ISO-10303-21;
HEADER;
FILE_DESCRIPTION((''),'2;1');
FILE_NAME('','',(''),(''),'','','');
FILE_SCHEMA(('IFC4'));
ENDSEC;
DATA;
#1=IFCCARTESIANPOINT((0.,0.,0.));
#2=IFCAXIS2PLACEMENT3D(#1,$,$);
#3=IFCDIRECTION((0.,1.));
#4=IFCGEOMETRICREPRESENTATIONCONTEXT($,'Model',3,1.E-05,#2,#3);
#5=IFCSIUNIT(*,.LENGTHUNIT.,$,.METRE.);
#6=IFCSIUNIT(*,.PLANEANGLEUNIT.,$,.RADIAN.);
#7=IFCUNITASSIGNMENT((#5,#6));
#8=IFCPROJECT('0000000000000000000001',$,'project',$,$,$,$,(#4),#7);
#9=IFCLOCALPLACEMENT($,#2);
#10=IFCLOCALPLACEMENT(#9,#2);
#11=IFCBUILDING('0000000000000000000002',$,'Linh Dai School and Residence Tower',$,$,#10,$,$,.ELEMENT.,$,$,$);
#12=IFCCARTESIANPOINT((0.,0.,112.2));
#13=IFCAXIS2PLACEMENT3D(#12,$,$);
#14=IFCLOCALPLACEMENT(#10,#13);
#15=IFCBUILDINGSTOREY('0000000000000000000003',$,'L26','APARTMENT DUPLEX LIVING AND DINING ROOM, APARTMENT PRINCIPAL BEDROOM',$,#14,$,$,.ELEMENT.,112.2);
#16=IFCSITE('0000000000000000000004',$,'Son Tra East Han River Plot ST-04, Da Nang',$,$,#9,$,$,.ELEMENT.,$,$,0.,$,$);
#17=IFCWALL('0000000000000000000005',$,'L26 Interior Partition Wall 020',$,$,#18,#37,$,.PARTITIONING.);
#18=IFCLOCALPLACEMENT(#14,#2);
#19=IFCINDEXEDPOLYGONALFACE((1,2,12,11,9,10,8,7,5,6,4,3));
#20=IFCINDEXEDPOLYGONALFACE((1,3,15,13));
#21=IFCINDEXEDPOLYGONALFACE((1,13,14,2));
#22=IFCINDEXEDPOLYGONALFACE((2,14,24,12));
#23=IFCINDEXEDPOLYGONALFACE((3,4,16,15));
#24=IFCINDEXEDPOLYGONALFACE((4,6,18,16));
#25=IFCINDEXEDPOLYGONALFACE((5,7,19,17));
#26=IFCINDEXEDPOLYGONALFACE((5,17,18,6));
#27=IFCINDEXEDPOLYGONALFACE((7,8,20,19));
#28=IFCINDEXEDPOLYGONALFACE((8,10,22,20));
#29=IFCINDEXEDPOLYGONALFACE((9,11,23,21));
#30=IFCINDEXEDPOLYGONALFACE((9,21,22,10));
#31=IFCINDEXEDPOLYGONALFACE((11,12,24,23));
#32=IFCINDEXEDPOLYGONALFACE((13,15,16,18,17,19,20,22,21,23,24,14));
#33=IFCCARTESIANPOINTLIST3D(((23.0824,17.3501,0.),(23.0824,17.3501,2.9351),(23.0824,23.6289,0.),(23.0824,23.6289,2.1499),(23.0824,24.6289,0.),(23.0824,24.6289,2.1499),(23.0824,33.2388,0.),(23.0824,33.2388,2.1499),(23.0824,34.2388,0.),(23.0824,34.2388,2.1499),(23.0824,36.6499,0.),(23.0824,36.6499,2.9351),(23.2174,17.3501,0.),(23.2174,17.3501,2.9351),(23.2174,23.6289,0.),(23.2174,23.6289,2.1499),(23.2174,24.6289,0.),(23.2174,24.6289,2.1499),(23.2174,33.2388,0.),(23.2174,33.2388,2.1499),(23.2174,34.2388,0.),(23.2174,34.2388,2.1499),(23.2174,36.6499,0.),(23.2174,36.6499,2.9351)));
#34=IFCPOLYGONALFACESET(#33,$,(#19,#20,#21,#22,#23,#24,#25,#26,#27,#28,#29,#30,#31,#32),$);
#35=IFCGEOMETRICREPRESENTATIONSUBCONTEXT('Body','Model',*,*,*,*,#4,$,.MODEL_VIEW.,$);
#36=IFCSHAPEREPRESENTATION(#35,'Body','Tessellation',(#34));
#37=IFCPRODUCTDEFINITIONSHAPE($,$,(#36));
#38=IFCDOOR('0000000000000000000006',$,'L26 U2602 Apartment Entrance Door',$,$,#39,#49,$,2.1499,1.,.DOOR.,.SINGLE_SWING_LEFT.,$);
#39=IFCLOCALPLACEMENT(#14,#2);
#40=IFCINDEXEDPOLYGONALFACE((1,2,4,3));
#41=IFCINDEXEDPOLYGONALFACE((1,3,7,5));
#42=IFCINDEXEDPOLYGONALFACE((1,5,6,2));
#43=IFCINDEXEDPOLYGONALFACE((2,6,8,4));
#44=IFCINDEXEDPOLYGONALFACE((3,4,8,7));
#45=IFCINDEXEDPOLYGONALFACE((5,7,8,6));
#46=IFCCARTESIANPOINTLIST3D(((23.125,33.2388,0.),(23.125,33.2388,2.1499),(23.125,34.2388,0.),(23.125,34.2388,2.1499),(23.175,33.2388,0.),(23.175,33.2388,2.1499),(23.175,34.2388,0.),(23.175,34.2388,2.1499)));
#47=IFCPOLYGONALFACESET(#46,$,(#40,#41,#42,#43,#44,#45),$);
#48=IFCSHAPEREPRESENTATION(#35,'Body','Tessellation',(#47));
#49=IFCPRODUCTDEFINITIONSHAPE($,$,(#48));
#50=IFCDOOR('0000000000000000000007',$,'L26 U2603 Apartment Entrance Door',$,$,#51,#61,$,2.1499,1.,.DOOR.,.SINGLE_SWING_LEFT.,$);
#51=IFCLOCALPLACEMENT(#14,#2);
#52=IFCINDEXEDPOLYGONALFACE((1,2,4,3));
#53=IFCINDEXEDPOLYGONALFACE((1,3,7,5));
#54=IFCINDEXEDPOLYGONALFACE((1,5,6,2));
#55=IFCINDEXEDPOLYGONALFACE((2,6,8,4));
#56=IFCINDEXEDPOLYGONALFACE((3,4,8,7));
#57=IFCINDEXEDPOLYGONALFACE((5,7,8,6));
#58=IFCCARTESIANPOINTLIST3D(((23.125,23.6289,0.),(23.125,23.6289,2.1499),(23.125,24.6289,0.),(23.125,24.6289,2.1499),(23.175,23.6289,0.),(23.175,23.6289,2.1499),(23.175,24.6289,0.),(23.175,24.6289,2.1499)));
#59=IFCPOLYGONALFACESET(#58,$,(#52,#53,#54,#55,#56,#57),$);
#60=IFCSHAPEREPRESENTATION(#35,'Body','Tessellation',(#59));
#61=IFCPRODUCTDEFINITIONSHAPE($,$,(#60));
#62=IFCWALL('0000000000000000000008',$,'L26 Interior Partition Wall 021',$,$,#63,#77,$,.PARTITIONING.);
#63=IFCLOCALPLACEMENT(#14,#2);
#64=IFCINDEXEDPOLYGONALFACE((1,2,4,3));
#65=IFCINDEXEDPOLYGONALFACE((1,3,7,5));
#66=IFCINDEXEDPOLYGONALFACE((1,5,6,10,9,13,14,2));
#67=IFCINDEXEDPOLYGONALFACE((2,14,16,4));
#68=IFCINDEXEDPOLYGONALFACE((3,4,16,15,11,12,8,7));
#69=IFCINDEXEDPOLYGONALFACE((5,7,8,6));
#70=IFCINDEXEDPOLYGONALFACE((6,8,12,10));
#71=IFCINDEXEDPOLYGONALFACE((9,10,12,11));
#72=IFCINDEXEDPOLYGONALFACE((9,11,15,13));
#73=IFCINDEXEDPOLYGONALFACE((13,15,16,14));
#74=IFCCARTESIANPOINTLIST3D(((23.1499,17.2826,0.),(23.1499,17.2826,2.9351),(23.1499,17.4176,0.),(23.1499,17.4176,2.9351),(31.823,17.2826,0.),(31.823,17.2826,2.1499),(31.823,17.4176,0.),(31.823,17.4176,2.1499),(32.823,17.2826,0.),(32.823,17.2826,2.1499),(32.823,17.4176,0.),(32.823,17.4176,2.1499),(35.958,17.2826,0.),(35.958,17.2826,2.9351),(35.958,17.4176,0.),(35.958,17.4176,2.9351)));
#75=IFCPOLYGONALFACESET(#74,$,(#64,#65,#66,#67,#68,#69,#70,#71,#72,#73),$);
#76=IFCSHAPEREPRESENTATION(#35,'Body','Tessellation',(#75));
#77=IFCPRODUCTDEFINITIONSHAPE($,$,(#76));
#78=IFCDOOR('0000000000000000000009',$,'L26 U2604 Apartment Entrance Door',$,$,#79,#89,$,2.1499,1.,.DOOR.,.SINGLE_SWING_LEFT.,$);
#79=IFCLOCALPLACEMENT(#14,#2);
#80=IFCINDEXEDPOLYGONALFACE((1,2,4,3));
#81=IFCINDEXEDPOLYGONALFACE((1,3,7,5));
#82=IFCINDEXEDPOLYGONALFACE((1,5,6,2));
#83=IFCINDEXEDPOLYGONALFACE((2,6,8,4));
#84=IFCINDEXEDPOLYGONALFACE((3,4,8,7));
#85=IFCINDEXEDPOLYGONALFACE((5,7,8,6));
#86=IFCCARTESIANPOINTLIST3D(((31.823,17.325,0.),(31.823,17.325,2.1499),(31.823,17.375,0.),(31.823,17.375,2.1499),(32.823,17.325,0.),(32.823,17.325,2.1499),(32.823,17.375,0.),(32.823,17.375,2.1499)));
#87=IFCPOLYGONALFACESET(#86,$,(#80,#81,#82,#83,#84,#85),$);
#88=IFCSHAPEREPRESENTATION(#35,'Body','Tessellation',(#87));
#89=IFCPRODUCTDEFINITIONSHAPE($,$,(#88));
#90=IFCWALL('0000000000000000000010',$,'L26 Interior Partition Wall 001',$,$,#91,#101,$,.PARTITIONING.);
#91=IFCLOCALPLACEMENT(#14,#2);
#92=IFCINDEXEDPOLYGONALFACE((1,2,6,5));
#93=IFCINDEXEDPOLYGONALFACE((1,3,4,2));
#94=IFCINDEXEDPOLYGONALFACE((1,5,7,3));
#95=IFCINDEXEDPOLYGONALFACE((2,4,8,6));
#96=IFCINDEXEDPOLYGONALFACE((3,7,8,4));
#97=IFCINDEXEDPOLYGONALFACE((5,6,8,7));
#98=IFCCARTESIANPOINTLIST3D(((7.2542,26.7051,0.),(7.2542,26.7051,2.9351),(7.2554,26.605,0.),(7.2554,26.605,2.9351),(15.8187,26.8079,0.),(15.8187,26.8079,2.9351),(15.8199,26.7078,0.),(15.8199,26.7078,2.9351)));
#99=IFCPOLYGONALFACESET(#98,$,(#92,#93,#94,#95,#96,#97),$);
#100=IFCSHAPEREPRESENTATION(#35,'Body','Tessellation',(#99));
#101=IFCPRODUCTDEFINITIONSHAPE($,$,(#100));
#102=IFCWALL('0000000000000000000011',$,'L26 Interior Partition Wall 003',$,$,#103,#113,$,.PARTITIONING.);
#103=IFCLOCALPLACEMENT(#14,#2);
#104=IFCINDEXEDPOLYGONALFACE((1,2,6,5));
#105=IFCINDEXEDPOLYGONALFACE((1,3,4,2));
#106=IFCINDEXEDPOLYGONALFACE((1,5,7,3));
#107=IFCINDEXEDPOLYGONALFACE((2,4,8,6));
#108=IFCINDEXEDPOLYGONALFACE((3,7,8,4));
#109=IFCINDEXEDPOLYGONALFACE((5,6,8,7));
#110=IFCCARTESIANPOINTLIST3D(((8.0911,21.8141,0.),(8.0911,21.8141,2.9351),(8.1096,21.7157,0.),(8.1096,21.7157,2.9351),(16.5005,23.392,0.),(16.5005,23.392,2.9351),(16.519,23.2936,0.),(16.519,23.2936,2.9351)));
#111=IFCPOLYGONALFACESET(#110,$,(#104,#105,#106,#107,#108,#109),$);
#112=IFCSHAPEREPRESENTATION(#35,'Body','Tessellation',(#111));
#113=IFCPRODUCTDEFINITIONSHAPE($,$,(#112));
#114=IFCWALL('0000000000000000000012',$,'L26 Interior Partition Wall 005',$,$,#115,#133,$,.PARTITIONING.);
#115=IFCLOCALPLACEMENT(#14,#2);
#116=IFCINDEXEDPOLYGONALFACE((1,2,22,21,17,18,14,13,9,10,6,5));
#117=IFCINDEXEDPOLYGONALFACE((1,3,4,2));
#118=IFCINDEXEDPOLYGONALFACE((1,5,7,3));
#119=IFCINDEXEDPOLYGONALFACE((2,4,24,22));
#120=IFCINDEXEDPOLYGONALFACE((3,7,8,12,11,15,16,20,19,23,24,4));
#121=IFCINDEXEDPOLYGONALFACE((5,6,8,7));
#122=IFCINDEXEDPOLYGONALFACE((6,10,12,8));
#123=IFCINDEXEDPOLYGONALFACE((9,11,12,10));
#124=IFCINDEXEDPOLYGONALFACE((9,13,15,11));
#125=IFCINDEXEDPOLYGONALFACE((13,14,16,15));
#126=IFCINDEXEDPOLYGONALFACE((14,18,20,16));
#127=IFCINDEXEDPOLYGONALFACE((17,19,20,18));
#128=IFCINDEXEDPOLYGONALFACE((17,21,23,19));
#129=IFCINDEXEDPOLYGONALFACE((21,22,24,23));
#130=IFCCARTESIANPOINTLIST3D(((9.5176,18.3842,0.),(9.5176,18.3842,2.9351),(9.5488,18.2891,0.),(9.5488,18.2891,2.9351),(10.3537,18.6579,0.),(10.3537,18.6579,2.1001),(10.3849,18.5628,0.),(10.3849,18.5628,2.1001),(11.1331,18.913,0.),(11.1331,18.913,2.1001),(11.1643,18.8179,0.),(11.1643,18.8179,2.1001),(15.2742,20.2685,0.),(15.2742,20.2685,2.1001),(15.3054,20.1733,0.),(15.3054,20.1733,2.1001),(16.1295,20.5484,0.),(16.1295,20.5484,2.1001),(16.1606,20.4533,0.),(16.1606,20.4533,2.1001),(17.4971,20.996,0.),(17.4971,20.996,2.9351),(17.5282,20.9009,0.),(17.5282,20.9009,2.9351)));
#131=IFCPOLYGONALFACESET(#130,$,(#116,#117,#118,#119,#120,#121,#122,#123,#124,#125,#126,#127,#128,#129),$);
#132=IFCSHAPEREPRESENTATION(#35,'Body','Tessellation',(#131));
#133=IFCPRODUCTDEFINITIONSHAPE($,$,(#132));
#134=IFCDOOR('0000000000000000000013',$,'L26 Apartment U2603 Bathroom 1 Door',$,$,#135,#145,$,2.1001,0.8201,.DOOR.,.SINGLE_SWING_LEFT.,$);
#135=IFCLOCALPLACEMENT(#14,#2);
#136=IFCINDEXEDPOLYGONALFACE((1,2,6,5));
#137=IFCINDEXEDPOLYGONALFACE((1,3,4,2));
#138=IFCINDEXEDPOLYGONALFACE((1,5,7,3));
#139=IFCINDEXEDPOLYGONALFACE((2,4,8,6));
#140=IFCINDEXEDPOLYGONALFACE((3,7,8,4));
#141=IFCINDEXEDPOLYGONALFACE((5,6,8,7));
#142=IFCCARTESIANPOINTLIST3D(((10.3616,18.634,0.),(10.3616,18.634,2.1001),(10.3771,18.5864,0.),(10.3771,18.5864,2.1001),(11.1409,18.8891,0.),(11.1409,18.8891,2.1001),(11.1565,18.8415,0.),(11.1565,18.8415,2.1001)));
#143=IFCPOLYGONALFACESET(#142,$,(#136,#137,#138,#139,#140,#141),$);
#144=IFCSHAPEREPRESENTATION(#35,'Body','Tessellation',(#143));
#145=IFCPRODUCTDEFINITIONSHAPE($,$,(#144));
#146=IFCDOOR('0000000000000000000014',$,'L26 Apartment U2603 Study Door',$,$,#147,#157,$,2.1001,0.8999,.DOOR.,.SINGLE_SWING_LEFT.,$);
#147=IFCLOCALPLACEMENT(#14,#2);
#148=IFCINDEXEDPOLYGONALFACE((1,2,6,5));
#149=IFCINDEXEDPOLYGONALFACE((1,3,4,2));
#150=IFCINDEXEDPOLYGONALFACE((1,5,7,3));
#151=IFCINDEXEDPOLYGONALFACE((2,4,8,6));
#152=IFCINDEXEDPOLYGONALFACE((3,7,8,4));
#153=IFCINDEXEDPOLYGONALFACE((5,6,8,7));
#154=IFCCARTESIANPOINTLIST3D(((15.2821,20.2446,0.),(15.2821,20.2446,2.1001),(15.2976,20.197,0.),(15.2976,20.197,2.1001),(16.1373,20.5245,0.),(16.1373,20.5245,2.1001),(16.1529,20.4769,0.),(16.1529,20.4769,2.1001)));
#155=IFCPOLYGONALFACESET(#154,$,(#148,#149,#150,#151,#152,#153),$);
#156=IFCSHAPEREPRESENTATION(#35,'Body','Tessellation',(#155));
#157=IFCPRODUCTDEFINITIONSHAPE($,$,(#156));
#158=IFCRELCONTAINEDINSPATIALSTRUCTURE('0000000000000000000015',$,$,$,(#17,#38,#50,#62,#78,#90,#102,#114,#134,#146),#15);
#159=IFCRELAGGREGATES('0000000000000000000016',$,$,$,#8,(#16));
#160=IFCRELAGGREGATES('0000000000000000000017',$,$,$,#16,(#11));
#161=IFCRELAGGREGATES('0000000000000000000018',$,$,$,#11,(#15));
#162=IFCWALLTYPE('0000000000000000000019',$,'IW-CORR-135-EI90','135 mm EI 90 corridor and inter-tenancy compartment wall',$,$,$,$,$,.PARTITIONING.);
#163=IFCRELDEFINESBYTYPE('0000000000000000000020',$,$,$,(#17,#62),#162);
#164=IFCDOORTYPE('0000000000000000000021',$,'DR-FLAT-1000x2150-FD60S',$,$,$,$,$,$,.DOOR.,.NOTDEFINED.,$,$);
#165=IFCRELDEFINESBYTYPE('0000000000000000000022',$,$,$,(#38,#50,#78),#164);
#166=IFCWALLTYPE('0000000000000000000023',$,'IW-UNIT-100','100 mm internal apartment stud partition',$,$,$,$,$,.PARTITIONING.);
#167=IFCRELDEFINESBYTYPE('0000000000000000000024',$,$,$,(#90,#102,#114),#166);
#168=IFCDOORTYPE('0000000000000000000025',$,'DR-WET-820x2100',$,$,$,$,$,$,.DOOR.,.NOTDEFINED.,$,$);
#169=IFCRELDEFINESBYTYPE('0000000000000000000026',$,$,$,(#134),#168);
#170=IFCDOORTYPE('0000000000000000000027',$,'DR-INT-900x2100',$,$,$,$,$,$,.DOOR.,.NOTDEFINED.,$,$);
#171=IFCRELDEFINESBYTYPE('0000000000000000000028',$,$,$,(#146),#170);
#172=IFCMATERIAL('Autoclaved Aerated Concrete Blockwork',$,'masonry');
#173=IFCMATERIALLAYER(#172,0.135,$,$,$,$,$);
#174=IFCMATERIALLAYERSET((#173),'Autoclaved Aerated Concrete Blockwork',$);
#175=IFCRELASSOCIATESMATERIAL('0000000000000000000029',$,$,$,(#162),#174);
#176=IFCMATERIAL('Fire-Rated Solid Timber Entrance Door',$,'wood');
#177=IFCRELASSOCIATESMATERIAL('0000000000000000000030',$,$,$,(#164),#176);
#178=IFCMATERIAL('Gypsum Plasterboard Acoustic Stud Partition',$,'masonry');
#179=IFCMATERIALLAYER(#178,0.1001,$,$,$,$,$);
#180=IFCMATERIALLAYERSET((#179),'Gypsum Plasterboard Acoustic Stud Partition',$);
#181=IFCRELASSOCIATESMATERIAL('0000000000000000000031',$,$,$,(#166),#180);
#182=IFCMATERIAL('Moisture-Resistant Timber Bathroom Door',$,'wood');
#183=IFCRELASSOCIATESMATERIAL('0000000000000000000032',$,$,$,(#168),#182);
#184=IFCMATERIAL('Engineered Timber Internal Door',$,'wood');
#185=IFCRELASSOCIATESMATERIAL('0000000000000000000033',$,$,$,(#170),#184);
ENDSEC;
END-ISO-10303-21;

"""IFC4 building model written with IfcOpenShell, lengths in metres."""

from ifc_helpers import new_model, si_unit, direction, frame, frame_2d, origin, origin_2d, place, context, subcontext, project, spatial, rectangle, extrude, source, transform, mapped, material, layer, layer_set, type_object, element, fill, save


model = new_model("IFC4")

# Units and contexts
model_context = context("Model", 3, precision=1e-05, world=origin(), true_north=direction((0.0, 1.0)))
body_context = subcontext(model_context, "Body", "Model", "MODEL_VIEW")
ifc_project = project(units=[si_unit("LENGTHUNIT", "METRE"), si_unit("PLANEANGLEUNIT", "RADIAN")], contexts=[model_context])

# Site, building, storey
site_placement = place(None, origin())
site = spatial("IfcSite", under=ifc_project, at=site_placement, Name="Son Tra East Han River Plot ST-04, Da Nang", CompositionType="ELEMENT", RefElevation=0.0)
building_placement = place(site_placement, origin())
building = spatial("IfcBuilding", under=site, at=building_placement, Name="Linh Dai School and Residence Tower", CompositionType="ELEMENT")
storey_placement = place(building_placement, frame((0.0, 0.0, 112.2)))
storey = spatial("IfcBuildingStorey", under=building, at=storey_placement, Name="L26", Description="APARTMENT DUPLEX LIVING AND DINING ROOM, APARTMENT PRINCIPAL BEDROOM", CompositionType="ELEMENT", Elevation=112.2)

# Wall, openings, doors
ifc_material_1 = material(Name="Autoclaved Aerated Concrete Blockwork", Category="masonry")
ifc_layer_1 = layer(ifc_material_1, 0.135)
ifc_layer_set_1 = layer_set([ifc_layer_1], Name="Autoclaved Aerated Concrete Blockwork")
wall_type_1 = type_object("IfcWallType", Name="IW-CORR-135-EI90", Description="135 mm EI 90 corridor and inter-tenancy compartment wall", PredefinedType="PARTITIONING", material=ifc_layer_set_1)
wall_1_placement = place(storey_placement, frame((23.1499, 17.3501, 0.0), z_axis=(0.0, 0.0, 1.0), x_axis=(0.0, 1.0, 0.0)))
wall_1 = element("IfcWall", 1, at=wall_1_placement, inside=storey, type_object=wall_type_1, Name="L26 Interior Partition Wall 020", PredefinedType="PARTITIONING", context=body_context, shape_type="SweptSolid", body=[
    extrude(rectangle(XDim=19.2998, YDim=0.135, at=frame_2d((9.6499, 0.0))), origin(), (0.0, 0.0, 1.0), 2.9351),
])
opening_1_placement = place(wall_1_placement, frame((15.8887, 0.0, 0.0)))
opening_1 = element("IfcOpeningElement", 2, at=opening_1_placement, cuts=wall_1, PredefinedType="OPENING", context=body_context, shape_type="SweptSolid", body=[
    extrude(rectangle(XDim=1.0, YDim=2.1499, at=origin_2d()), frame((0.5, 0.0776, 1.075), z_axis=(0.0, -1.0, 0.0), x_axis=(1.0, 0.0, 0.0)), (0.0, 0.0, 1.0), 0.155),
])
opening_2_placement = place(wall_1_placement, frame((6.2788, 0.0, 0.0)))
opening_2 = element("IfcOpeningElement", 3, at=opening_2_placement, cuts=wall_1, PredefinedType="OPENING", context=body_context, shape_type="SweptSolid", body=[
    extrude(rectangle(XDim=1.0, YDim=2.1499, at=origin_2d()), frame((0.5, 0.0776, 1.075), z_axis=(0.0, -1.0, 0.0), x_axis=(1.0, 0.0, 0.0)), (0.0, 0.0, 1.0), 0.155),
])
ifc_material_2 = material(Name="Fire-Rated Solid Timber Entrance Door", Category="wood")
door_type_1 = type_object("IfcDoorType", Name="DR-FLAT-1000x2150-FD60S", OperationType="NOTDEFINED", PredefinedType="DOOR", material=ifc_material_2)
shared_shape_1 = source(origin(), body_context, "Body", "SweptSolid", [
    extrude(rectangle(XDim=1.0, YDim=2.1499, at=origin_2d()), frame((0.5, 0.0249, 1.075), z_axis=(0.0, -1.0, 0.0), x_axis=(1.0, 0.0, 0.0)), (0.0, 0.0, 1.0), 0.05),
])
door_1_placement = place(opening_1_placement, origin())
door_1 = element("IfcDoor", 4, at=door_1_placement, inside=storey, type_object=door_type_1, Name="L26 U2602 Apartment Entrance Door", OperationType="SINGLE_SWING_LEFT", OverallHeight=2.1499, OverallWidth=1.0, PredefinedType="DOOR", context=body_context, shape_type="MappedRepresentation", body=[
    mapped(shared_shape_1, transform((0.0, 0.0, 0.0), x_axis=(1.0, 0.0, 0.0), y_axis=(0.0, 1.0, 0.0), z_axis=(0.0, 0.0, 1.0), scale=1.0)),
])
fill(opening_1, door_1)
door_2_placement = place(opening_2_placement, origin())
door_2 = element("IfcDoor", 5, at=door_2_placement, inside=storey, type_object=door_type_1, Name="L26 U2603 Apartment Entrance Door", OperationType="SINGLE_SWING_LEFT", OverallHeight=2.1499, OverallWidth=1.0, PredefinedType="DOOR", context=body_context, shape_type="MappedRepresentation", body=[
    mapped(shared_shape_1, transform((0.0, 0.0, 0.0), x_axis=(1.0, 0.0, 0.0), y_axis=(0.0, 1.0, 0.0), z_axis=(0.0, 0.0, 1.0), scale=1.0)),
])
fill(opening_2, door_2)

# Wall, opening, door
wall_2_placement = place(storey_placement, frame((23.1499, 17.3501, 0.0), z_axis=(0.0, 0.0, 1.0), x_axis=(1.0, 0.0, 0.0)))
wall_2 = element("IfcWall", 6, at=wall_2_placement, inside=storey, type_object=wall_type_1, Name="L26 Interior Partition Wall 021", PredefinedType="PARTITIONING", context=body_context, shape_type="SweptSolid", body=[
    extrude(rectangle(XDim=12.8081, YDim=0.135, at=frame_2d((6.4041, 0.0))), origin(), (0.0, 0.0, 1.0), 2.9351),
])
opening_3_placement = place(wall_2_placement, frame((8.6731, 0.0, 0.0)))
opening_3 = element("IfcOpeningElement", 7, at=opening_3_placement, cuts=wall_2, PredefinedType="OPENING", context=body_context, shape_type="SweptSolid", body=[
    extrude(rectangle(XDim=1.0, YDim=2.1499, at=origin_2d()), frame((0.5, 0.0776, 1.075), z_axis=(0.0, -1.0, 0.0), x_axis=(1.0, 0.0, 0.0)), (0.0, 0.0, 1.0), 0.155),
])
door_3_placement = place(opening_3_placement, origin())
door_3 = element("IfcDoor", 8, at=door_3_placement, inside=storey, type_object=door_type_1, Name="L26 U2604 Apartment Entrance Door", OperationType="SINGLE_SWING_LEFT", OverallHeight=2.1499, OverallWidth=1.0, PredefinedType="DOOR", context=body_context, shape_type="MappedRepresentation", body=[
    mapped(shared_shape_1, transform((0.0, 0.0, 0.0), x_axis=(1.0, 0.0, 0.0), y_axis=(0.0, 1.0, 0.0), z_axis=(0.0, 0.0, 1.0), scale=1.0)),
])
fill(opening_3, door_3)

# Walls
ifc_material_3 = material(Name="Gypsum Plasterboard Acoustic Stud Partition", Category="masonry")
ifc_layer_2 = layer(ifc_material_3, 0.1001)
ifc_layer_set_2 = layer_set([ifc_layer_2], Name="Gypsum Plasterboard Acoustic Stud Partition")
wall_type_2 = type_object("IfcWallType", Name="IW-UNIT-100", Description="100 mm internal apartment stud partition", PredefinedType="PARTITIONING", material=ifc_layer_set_2)
wall_3_placement = place(storey_placement, frame((7.2546, 26.655, 0.0), z_axis=(0.0, 0.0, 1.0), x_axis=(0.999928, 0.012, 0.0)))
element("IfcWall", 9, at=wall_3_placement, inside=storey, type_object=wall_type_2, Name="L26 Interior Partition Wall 001", PredefinedType="PARTITIONING", context=body_context, shape_type="SweptSolid", body=[
    extrude(rectangle(XDim=8.5652, YDim=0.1001, at=frame_2d((4.2827, 0.0))), origin(), (0.0, 0.0, 1.0), 2.9351),
])
wall_4_placement = place(storey_placement, frame((8.1003, 21.7649, 0.0), z_axis=(0.0, 0.0, 1.0), x_axis=(0.982849, 0.184414, 0.0)))
element("IfcWall", 10, at=wall_4_placement, inside=storey, type_object=wall_type_2, Name="L26 Interior Partition Wall 003", PredefinedType="PARTITIONING", context=body_context, shape_type="SweptSolid", body=[
    extrude(rectangle(XDim=8.5562, YDim=0.1001, at=frame_2d((4.2781, 0.0))), origin(), (0.0, 0.0, 1.0), 2.9351),
])

# Wall, openings, doors
wall_5_placement = place(storey_placement, frame((9.5332, 18.3367, 0.0), z_axis=(0.0, 0.0, 1.0), x_axis=(0.950385, 0.311076, 0.0)))
wall_5 = element("IfcWall", 11, at=wall_5_placement, inside=storey, type_object=wall_type_2, Name="L26 Interior Partition Wall 005", PredefinedType="PARTITIONING", context=body_context, shape_type="SweptSolid", body=[
    extrude(rectangle(XDim=8.396, YDim=0.1001, at=frame_2d((4.198, 0.0))), origin(), (0.0, 0.0, 1.0), 2.9351),
])
opening_4_placement = place(wall_5_placement, frame((6.0571, 0.0, 0.0)))
opening_4 = element("IfcOpeningElement", 12, at=opening_4_placement, cuts=wall_5, PredefinedType="OPENING", context=body_context, shape_type="SweptSolid", body=[
    extrude(rectangle(XDim=0.8999, YDim=2.1001, at=origin_2d()), frame((0.45, 0.0601, 1.05), z_axis=(0.0, -1.0, 0.0), x_axis=(1.0, 0.0, 0.0)), (0.0, 0.0, 1.0), 0.1201),
])
opening_5_placement = place(wall_5_placement, frame((0.8796, 0.0, 0.0)))
opening_5 = element("IfcOpeningElement", 13, at=opening_5_placement, cuts=wall_5, PredefinedType="OPENING", context=body_context, shape_type="SweptSolid", body=[
    extrude(rectangle(XDim=0.8201, YDim=2.1001, at=origin_2d()), frame((0.4102, 0.0601, 1.05), z_axis=(0.0, -1.0, 0.0), x_axis=(1.0, 0.0, 0.0)), (0.0, 0.0, 1.0), 0.1201),
])
ifc_material_4 = material(Name="Moisture-Resistant Timber Bathroom Door", Category="wood")
door_type_2 = type_object("IfcDoorType", Name="DR-WET-820x2100", OperationType="NOTDEFINED", PredefinedType="DOOR", material=ifc_material_4)
shared_shape_2 = source(origin(), body_context, "Body", "SweptSolid", [
    extrude(rectangle(XDim=0.8201, YDim=2.1001, at=origin_2d()), frame((0.4102, 0.0249, 1.05), z_axis=(0.0, -1.0, 0.0), x_axis=(1.0, 0.0, 0.0)), (0.0, 0.0, 1.0), 0.05),
])
door_4_placement = place(opening_5_placement, origin())
door_4 = element("IfcDoor", 14, at=door_4_placement, inside=storey, type_object=door_type_2, Name="L26 Apartment U2603 Bathroom 1 Door", OperationType="SINGLE_SWING_LEFT", OverallHeight=2.1001, OverallWidth=0.8201, PredefinedType="DOOR", context=body_context, shape_type="MappedRepresentation", body=[
    mapped(shared_shape_2, transform((0.0, 0.0, 0.0), x_axis=(1.0, 0.0, 0.0), y_axis=(0.0, 1.0, 0.0), z_axis=(0.0, 0.0, 1.0), scale=1.0)),
])
fill(opening_5, door_4)
ifc_material_5 = material(Name="Engineered Timber Internal Door", Category="wood")
door_type_3 = type_object("IfcDoorType", Name="DR-INT-900x2100", OperationType="NOTDEFINED", PredefinedType="DOOR", material=ifc_material_5)
shared_shape_3 = source(origin(), body_context, "Body", "SweptSolid", [
    extrude(rectangle(XDim=0.8999, YDim=2.1001, at=origin_2d()), frame((0.45, 0.0249, 1.05), z_axis=(0.0, -1.0, 0.0), x_axis=(1.0, 0.0, 0.0)), (0.0, 0.0, 1.0), 0.05),
])
door_5_placement = place(opening_4_placement, origin())
door_5 = element("IfcDoor", 15, at=door_5_placement, inside=storey, type_object=door_type_3, Name="L26 Apartment U2603 Study Door", OperationType="SINGLE_SWING_LEFT", OverallHeight=2.1001, OverallWidth=0.8999, PredefinedType="DOOR", context=body_context, shape_type="MappedRepresentation", body=[
    mapped(shared_shape_3, transform((0.0, 0.0, 0.0), x_axis=(1.0, 0.0, 0.0), y_axis=(0.0, 1.0, 0.0), z_axis=(0.0, 0.0, 1.0), scale=1.0)),
])
fill(opening_4, door_5)

save(model, "model.ifc")
